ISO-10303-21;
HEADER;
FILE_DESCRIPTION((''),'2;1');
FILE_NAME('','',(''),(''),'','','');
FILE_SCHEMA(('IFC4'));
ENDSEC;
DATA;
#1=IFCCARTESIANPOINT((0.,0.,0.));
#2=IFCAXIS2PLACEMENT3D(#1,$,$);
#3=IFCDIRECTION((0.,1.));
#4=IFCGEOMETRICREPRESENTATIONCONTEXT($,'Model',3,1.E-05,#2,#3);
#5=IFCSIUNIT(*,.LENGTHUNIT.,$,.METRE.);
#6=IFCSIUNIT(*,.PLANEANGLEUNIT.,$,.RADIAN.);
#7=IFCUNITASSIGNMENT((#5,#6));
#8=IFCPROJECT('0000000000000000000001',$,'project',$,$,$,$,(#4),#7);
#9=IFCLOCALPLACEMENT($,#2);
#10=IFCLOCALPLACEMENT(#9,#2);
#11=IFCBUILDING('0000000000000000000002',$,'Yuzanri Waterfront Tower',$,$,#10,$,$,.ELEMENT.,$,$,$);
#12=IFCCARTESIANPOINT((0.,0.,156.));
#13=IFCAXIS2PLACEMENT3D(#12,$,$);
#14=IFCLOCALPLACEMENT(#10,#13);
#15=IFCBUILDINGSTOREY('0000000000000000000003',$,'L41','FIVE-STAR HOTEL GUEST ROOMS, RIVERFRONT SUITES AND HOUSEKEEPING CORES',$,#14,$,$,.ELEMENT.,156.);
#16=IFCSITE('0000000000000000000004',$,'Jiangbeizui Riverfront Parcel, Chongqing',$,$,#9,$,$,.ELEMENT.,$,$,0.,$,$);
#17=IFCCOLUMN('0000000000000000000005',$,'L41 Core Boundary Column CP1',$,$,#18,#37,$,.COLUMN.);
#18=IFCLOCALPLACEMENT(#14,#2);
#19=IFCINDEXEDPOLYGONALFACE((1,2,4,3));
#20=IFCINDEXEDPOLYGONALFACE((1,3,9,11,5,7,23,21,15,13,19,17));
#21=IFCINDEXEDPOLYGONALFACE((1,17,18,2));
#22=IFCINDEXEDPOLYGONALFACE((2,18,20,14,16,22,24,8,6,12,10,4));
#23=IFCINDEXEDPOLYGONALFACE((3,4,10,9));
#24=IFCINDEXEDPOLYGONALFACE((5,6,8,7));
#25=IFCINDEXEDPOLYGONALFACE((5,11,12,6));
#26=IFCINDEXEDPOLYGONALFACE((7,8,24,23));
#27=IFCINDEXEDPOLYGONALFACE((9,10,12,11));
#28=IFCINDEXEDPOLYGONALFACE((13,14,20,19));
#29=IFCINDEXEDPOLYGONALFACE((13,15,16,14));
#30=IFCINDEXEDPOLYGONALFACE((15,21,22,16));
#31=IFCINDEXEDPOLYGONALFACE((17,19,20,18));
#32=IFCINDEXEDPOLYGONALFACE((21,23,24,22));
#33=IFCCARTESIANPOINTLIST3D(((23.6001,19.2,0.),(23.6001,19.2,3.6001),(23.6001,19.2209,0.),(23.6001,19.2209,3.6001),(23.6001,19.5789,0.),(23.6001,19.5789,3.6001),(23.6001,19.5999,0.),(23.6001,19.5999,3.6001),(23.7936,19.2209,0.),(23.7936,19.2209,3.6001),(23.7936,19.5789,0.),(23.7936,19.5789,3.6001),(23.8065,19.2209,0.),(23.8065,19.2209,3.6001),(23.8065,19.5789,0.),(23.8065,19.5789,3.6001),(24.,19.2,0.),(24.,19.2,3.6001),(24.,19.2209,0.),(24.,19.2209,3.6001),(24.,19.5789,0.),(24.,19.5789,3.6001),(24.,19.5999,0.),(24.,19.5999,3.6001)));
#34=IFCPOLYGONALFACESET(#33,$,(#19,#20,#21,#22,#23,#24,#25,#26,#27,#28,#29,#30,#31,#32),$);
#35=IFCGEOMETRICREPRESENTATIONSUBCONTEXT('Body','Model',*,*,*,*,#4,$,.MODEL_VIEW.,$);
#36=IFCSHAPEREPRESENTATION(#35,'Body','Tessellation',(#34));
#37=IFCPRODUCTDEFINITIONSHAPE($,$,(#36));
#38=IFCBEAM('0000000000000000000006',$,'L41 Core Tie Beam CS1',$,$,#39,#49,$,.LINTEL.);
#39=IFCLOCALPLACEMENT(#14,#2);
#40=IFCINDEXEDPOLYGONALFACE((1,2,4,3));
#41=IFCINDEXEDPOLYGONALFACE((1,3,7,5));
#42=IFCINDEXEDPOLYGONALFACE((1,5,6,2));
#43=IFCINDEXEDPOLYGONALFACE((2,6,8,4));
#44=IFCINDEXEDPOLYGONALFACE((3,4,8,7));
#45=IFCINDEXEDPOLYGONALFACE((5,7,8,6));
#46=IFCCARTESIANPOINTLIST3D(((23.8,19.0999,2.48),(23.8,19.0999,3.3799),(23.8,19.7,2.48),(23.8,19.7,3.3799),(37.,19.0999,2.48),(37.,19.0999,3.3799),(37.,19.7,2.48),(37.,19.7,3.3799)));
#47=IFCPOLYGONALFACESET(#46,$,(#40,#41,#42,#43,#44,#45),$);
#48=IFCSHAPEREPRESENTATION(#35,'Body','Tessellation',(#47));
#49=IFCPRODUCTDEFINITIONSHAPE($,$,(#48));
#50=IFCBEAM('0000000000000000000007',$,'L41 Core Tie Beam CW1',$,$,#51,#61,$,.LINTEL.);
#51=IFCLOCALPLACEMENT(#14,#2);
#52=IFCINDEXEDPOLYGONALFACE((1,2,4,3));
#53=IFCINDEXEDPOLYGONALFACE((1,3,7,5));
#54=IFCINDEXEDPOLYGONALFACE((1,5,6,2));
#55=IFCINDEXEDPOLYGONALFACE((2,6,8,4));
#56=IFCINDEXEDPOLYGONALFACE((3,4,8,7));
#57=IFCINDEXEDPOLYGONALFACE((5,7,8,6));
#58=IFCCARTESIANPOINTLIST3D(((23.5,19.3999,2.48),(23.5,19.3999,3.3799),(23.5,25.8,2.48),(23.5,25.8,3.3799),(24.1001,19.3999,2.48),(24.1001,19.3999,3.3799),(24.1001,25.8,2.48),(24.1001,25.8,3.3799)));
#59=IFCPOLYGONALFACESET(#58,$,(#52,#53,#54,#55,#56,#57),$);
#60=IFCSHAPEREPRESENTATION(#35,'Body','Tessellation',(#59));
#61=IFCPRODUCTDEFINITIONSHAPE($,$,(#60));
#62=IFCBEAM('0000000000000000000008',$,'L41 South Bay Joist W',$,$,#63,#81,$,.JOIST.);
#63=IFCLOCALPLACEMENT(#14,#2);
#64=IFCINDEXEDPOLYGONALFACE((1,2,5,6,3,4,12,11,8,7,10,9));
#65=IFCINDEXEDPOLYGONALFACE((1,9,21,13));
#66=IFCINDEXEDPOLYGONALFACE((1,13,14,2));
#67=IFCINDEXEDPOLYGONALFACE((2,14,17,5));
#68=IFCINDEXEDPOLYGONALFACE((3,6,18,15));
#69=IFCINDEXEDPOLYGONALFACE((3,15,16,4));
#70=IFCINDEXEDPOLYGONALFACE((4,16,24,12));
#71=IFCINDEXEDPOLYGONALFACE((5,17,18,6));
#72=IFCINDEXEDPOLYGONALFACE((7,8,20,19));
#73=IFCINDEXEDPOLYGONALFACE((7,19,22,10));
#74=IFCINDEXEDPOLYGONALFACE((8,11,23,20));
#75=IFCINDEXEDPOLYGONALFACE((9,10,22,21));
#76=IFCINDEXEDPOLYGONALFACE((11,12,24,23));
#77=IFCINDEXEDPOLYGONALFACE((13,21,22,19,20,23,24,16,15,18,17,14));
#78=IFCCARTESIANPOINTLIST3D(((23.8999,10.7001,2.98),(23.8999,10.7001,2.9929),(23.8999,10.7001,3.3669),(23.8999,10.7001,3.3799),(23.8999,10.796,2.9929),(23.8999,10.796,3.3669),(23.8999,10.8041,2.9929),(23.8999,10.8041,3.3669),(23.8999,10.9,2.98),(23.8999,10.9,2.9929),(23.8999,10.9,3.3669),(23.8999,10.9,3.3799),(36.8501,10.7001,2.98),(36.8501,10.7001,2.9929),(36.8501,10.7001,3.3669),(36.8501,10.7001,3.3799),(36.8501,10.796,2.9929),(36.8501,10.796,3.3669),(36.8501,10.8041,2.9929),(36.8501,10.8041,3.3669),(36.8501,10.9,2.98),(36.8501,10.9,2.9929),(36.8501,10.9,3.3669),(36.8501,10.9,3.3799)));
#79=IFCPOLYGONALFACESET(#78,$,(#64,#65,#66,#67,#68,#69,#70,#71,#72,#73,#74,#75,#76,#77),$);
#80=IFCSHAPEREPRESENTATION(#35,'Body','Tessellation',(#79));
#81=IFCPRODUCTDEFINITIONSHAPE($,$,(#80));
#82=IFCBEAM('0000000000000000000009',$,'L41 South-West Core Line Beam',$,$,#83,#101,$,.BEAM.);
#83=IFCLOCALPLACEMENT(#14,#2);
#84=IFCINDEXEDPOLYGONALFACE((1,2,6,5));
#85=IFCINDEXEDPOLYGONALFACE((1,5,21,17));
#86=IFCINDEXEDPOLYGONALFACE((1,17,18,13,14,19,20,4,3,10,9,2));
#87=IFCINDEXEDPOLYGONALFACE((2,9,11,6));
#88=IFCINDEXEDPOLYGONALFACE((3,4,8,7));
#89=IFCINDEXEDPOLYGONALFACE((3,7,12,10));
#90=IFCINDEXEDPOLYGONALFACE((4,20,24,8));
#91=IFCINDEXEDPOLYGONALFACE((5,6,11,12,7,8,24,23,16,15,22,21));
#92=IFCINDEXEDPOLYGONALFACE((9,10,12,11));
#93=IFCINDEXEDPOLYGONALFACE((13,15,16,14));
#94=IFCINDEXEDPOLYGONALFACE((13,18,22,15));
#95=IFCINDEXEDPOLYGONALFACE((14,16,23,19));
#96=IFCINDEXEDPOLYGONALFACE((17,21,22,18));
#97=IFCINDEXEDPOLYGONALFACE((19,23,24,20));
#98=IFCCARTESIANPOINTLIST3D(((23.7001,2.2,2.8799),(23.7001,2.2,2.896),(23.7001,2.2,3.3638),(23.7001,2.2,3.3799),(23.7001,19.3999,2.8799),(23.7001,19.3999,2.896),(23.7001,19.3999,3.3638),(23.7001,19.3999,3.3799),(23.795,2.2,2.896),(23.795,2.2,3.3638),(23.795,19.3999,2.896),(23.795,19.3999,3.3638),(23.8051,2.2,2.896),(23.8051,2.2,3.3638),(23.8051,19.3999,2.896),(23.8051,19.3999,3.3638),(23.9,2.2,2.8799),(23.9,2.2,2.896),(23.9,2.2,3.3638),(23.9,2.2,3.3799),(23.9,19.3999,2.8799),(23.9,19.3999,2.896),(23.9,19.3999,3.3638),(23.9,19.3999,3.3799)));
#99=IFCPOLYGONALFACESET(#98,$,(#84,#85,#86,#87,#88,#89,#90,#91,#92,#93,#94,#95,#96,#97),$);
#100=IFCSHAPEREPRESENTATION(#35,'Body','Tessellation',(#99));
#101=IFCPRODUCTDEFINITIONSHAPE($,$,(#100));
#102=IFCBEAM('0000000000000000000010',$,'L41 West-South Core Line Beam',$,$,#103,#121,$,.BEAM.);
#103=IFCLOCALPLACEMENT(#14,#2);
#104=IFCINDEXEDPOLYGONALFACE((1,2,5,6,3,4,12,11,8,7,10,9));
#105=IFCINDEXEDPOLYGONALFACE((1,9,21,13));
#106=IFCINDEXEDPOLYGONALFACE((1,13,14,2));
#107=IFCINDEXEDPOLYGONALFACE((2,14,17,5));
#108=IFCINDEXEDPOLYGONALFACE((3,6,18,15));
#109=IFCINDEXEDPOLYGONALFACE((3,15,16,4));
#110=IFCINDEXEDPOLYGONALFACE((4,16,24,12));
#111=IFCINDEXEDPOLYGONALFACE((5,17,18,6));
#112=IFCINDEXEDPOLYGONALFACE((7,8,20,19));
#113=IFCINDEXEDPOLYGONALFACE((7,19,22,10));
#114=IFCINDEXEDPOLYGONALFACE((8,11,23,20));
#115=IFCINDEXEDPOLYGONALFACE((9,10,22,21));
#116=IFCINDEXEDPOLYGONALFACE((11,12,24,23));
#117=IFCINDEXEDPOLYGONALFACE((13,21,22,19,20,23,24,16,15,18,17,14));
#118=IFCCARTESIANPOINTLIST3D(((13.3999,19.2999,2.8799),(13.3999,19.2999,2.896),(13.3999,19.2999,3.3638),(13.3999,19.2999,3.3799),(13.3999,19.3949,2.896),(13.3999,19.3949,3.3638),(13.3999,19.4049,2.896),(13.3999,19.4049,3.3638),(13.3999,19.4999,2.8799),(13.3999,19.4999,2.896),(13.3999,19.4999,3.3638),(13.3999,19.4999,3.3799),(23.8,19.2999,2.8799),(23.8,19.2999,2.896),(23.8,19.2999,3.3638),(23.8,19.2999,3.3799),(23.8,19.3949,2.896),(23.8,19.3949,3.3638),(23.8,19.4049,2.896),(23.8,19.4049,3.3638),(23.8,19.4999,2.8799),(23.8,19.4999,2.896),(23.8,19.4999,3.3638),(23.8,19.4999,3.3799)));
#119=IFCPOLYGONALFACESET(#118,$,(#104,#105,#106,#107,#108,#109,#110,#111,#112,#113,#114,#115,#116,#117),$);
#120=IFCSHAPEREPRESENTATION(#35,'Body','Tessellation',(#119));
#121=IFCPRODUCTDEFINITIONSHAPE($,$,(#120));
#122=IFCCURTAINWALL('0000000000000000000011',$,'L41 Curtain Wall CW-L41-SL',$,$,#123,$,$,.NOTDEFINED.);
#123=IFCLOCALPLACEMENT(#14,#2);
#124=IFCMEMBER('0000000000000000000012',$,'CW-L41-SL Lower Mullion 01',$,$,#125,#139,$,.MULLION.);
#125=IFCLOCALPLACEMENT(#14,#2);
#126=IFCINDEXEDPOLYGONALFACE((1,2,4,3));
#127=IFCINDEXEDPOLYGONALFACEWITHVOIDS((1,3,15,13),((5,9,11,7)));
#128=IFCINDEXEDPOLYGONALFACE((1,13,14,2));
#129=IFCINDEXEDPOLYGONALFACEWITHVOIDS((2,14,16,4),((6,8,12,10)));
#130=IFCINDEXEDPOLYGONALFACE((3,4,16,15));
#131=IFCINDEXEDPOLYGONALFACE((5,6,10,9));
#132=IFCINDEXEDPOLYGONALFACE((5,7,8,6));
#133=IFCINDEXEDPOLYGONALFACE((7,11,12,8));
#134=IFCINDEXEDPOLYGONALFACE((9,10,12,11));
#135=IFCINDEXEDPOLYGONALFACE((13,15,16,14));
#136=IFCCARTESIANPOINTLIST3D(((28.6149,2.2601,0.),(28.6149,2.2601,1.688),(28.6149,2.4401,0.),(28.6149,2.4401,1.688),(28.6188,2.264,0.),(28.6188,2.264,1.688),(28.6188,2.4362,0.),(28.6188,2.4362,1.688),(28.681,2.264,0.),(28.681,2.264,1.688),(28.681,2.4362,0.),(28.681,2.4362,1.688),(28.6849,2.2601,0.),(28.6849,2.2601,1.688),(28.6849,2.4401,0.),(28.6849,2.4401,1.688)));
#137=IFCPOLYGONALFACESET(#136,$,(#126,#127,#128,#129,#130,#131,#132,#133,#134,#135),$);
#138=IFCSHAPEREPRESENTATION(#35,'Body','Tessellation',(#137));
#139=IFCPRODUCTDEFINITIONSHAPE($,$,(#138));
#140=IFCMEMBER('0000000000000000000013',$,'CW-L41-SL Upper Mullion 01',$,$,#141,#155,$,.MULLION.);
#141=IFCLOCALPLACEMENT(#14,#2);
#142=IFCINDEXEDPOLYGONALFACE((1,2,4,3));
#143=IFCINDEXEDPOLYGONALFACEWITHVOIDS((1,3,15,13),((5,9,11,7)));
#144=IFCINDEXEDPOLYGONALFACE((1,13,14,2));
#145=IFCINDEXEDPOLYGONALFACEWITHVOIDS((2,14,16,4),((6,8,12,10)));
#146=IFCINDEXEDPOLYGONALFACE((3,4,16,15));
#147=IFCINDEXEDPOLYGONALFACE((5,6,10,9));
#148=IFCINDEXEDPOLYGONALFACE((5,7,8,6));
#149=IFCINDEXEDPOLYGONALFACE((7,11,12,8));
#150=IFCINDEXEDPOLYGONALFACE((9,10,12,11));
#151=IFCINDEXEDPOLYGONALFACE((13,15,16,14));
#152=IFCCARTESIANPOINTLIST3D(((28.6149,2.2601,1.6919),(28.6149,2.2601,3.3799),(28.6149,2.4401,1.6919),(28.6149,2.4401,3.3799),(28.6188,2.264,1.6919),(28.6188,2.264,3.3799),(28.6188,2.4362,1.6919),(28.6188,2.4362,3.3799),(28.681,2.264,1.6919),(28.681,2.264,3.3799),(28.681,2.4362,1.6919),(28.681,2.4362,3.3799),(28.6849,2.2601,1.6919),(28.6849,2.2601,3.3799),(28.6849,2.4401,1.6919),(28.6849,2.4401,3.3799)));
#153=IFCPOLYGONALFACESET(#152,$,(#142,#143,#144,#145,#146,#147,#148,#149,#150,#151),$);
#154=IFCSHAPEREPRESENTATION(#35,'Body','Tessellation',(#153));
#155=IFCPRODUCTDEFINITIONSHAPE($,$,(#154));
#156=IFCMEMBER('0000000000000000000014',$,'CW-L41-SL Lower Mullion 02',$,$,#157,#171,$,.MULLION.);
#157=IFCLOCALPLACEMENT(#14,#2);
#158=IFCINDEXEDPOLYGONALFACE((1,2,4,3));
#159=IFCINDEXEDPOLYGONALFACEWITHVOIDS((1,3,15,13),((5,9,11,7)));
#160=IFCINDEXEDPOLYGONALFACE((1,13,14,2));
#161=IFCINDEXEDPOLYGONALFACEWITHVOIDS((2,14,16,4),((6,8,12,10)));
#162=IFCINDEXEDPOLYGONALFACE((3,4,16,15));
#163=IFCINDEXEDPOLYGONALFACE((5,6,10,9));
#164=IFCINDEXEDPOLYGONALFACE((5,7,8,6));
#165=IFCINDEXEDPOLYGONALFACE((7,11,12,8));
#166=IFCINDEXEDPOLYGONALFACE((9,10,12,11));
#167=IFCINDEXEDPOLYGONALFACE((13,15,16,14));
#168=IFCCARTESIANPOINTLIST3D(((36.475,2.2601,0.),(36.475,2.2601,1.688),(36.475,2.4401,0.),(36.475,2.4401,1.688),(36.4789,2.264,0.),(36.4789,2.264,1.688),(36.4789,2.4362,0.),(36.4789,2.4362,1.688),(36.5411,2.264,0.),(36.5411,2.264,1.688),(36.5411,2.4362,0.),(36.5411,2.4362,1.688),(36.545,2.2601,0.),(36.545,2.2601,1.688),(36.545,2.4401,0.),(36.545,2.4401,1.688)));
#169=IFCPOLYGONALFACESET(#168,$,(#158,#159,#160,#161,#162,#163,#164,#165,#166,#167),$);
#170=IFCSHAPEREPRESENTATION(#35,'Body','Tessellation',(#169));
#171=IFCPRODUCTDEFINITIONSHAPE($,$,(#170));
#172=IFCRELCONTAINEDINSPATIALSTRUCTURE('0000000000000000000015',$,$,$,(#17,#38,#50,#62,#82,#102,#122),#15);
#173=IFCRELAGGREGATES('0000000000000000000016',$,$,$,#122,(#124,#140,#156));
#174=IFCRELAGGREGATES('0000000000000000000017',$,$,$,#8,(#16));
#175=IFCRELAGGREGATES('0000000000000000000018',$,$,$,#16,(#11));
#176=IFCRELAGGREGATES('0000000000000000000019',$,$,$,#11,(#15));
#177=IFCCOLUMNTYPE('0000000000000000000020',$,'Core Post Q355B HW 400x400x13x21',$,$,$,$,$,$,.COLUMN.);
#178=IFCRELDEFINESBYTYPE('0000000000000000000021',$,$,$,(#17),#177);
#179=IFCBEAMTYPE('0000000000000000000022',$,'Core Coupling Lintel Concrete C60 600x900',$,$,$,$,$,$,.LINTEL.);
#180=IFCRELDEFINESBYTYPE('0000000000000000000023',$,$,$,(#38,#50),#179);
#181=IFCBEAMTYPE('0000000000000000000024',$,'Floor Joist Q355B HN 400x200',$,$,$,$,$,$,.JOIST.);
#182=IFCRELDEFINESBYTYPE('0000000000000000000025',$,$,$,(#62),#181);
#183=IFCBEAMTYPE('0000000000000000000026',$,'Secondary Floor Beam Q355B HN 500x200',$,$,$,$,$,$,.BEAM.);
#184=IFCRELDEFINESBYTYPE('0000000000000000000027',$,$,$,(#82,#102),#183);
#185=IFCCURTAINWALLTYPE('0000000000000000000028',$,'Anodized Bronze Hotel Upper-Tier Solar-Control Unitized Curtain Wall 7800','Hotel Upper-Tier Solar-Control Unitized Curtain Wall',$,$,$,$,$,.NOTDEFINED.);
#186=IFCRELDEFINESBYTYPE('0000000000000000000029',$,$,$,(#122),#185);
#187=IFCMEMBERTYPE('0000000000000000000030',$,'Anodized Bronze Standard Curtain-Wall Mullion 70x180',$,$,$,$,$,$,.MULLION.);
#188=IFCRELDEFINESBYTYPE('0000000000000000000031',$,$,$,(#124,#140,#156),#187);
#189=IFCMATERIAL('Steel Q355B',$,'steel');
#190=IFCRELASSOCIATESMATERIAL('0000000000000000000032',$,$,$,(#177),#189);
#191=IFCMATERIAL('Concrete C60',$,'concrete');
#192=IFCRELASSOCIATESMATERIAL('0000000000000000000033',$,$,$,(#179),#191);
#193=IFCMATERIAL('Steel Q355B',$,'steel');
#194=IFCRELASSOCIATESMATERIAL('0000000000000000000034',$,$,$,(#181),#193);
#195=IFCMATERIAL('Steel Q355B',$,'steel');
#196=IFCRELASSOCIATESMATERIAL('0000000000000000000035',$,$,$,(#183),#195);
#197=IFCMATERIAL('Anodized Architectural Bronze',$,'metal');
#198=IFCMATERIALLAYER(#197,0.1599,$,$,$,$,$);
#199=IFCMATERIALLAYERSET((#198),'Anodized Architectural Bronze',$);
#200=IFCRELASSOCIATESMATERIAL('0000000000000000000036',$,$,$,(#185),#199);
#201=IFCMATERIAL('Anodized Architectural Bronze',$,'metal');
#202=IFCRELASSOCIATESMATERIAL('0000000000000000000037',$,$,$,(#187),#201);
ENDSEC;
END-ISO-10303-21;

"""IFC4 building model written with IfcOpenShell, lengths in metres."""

from ifc_helpers import new_model, si_unit, direction, frame, origin, origin_2d, place, context, subcontext, project, spatial, rectangle, hollow_rectangle, i_section, extrude, source, transform, mapped, material, layer, layer_set, material_profile, profile_set, type_object, element, aggregate, save


model = new_model("IFC4")

# Units and contexts
model_context = context("Model", 3, precision=1e-05, world=origin(), true_north=direction((0.0, 1.0)))
body_context = subcontext(model_context, "Body", "Model", "MODEL_VIEW")
ifc_project = project(units=[si_unit("LENGTHUNIT", "METRE"), si_unit("PLANEANGLEUNIT", "RADIAN")], contexts=[model_context])

# Site, building, storey
site_placement = place(None, origin())
site = spatial("IfcSite", under=ifc_project, at=site_placement, Name="Jiangbeizui Riverfront Parcel, Chongqing", CompositionType="ELEMENT", RefElevation=0.0)
building_placement = place(site_placement, origin())
building = spatial("IfcBuilding", under=site, at=building_placement, Name="Yuzanri Waterfront Tower", CompositionType="ELEMENT")
storey_placement = place(building_placement, frame((0.0, 0.0, 156.0)))
storey = spatial("IfcBuildingStorey", under=building, at=storey_placement, Name="L41", Description="FIVE-STAR HOTEL GUEST ROOMS, RIVERFRONT SUITES AND HOUSEKEEPING CORES", CompositionType="ELEMENT", Elevation=156.0)

# Column
ifc_material_1 = material(Name="Steel Q355B", Category="steel")
ifc_material_profile_1 = material_profile(ifc_material_1, i_section(OverallWidth=0.3999, OverallDepth=0.3999, WebThickness=0.0129, FlangeThickness=0.021, at=origin_2d()), Name="HW 400x400x13x21")
ifc_profile_set_1 = profile_set([ifc_material_profile_1], Name="Steel Q355B")
column_type = type_object("IfcColumnType", Name="Core Post Q355B HW 400x400x13x21", PredefinedType="COLUMN", material=ifc_profile_set_1)
shared_shape_1 = source(origin(), body_context, "Body", "SweptSolid", [
    extrude(i_section(OverallWidth=0.3999, OverallDepth=0.3999, WebThickness=0.0129, FlangeThickness=0.021, at=origin_2d()), origin(), (0.0, 0.0, 1.0), 3.6001),
])
column_placement = place(storey_placement, frame((23.8, 19.3999, 0.0), z_axis=(0.0, 0.0, 1.0), x_axis=(1.0, 0.0, 0.0)))
element("IfcColumn", 1, at=column_placement, inside=storey, type_object=column_type, Name="L41 Core Boundary Column CP1", PredefinedType="COLUMN", context=body_context, shape_type="MappedRepresentation", body=[
    mapped(shared_shape_1, transform((0.0, 0.0, 0.0), scale=1.0)),
])

# Beams
ifc_material_2 = material(Name="Concrete C60", Category="concrete")
ifc_material_profile_2 = material_profile(ifc_material_2, rectangle(XDim=0.6001, YDim=0.8999, at=origin_2d()), Name="RC 600x900")
ifc_profile_set_2 = profile_set([ifc_material_profile_2], Name="Concrete C60")
beam_type_1 = type_object("IfcBeamType", Name="Core Coupling Lintel Concrete C60 600x900", PredefinedType="LINTEL", material=ifc_profile_set_2)
shared_shape_2 = source(origin(), body_context, "Body", "SweptSolid", [
    extrude(rectangle(XDim=0.6001, YDim=0.8999, at=origin_2d()), origin(), (0.0, 0.0, 1.0), 13.2),
])
beam_1_placement = place(storey_placement, frame((23.8, 19.3999, 2.9299), z_axis=(1.0, 0.0, 0.0), x_axis=(0.0, 1.0, 0.0)))
element("IfcBeam", 2, at=beam_1_placement, inside=storey, type_object=beam_type_1, Name="L41 Core Tie Beam CS1", PredefinedType="LINTEL", context=body_context, shape_type="MappedRepresentation", body=[
    mapped(shared_shape_2, transform((0.0, 0.0, 0.0), scale=1.0)),
])
shared_shape_3 = source(origin(), body_context, "Body", "SweptSolid", [
    extrude(rectangle(XDim=0.6001, YDim=0.8999, at=origin_2d()), origin(), (0.0, 0.0, 1.0), 6.4001),
])
beam_2_placement = place(storey_placement, frame((23.8, 19.3999, 2.9299), z_axis=(0.0, 1.0, 0.0), x_axis=(-1.0, 0.0, 0.0)))
element("IfcBeam", 3, at=beam_2_placement, inside=storey, type_object=beam_type_1, Name="L41 Core Tie Beam CW1", PredefinedType="LINTEL", context=body_context, shape_type="MappedRepresentation", body=[
    mapped(shared_shape_3, transform((0.0, 0.0, 0.0), scale=1.0)),
])
ifc_material_3 = material(Name="Steel Q355B", Category="steel")
ifc_material_profile_3 = material_profile(ifc_material_3, i_section(OverallWidth=0.2, OverallDepth=0.3999, WebThickness=0.0081, FlangeThickness=0.0129, at=origin_2d()), Name="HN 400x200x8x13")
ifc_profile_set_3 = profile_set([ifc_material_profile_3], Name="Steel Q355B")
beam_type_2 = type_object("IfcBeamType", Name="Floor Joist Q355B HN 400x200", PredefinedType="JOIST", material=ifc_profile_set_3)
shared_shape_4 = source(origin(), body_context, "Body", "SweptSolid", [
    extrude(i_section(OverallWidth=0.2, OverallDepth=0.3999, WebThickness=0.0081, FlangeThickness=0.0129, at=origin_2d()), origin(), (0.0, 0.0, 1.0), 12.9502),
])
beam_3_placement = place(storey_placement, frame((23.8999, 10.8, 3.1799), z_axis=(1.0, 0.0, 0.0), x_axis=(0.0, 1.0, 0.0)))
element("IfcBeam", 4, at=beam_3_placement, inside=storey, type_object=beam_type_2, Name="L41 South Bay Joist W", PredefinedType="JOIST", context=body_context, shape_type="MappedRepresentation", body=[
    mapped(shared_shape_4, transform((0.0, 0.0, 0.0), scale=1.0)),
])
ifc_material_4 = material(Name="Steel Q355B", Category="steel")
ifc_material_profile_4 = material_profile(ifc_material_4, i_section(OverallWidth=0.2, OverallDepth=0.5, WebThickness=0.01, FlangeThickness=0.0161, at=origin_2d()), Name="HN 500x200x10x16")
ifc_profile_set_4 = profile_set([ifc_material_profile_4], Name="Steel Q355B")
beam_type_3 = type_object("IfcBeamType", Name="Secondary Floor Beam Q355B HN 500x200", PredefinedType="BEAM", material=ifc_profile_set_4)
shared_shape_5 = source(origin(), body_context, "Body", "SweptSolid", [
    extrude(i_section(OverallWidth=0.2, OverallDepth=0.5, WebThickness=0.01, FlangeThickness=0.0161, at=origin_2d()), origin(), (0.0, 0.0, 1.0), 17.2),
])
beam_4_placement = place(storey_placement, frame((23.8, 19.3999, 3.1299), z_axis=(0.0, -1.0, 0.0), x_axis=(1.0, 0.0, 0.0)))
element("IfcBeam", 5, at=beam_4_placement, inside=storey, type_object=beam_type_3, Name="L41 South-West Core Line Beam", PredefinedType="BEAM", context=body_context, shape_type="MappedRepresentation", body=[
    mapped(shared_shape_5, transform((0.0, 0.0, 0.0), scale=1.0)),
])
shared_shape_6 = source(origin(), body_context, "Body", "SweptSolid", [
    extrude(i_section(OverallWidth=0.2, OverallDepth=0.5, WebThickness=0.01, FlangeThickness=0.0161, at=origin_2d()), origin(), (0.0, 0.0, 1.0), 10.4001),
])
beam_5_placement = place(storey_placement, frame((23.8, 19.3999, 3.1299), z_axis=(-1.0, 0.0, 0.0), x_axis=(0.0, -1.0, 0.0)))
element("IfcBeam", 6, at=beam_5_placement, inside=storey, type_object=beam_type_3, Name="L41 West-South Core Line Beam", PredefinedType="BEAM", context=body_context, shape_type="MappedRepresentation", body=[
    mapped(shared_shape_6, transform((0.0, 0.0, 0.0), scale=1.0)),
])

# Curtain wall, members
ifc_material_5 = material(Name="Anodized Architectural Bronze", Category="metal")
ifc_layer_1 = layer(ifc_material_5, 0.1599)
ifc_layer_set_1 = layer_set([ifc_layer_1], Name="Anodized Architectural Bronze")
curtain_wall_type = type_object("IfcCurtainWallType", Name="Anodized Bronze Hotel Upper-Tier Solar-Control Unitized Curtain Wall 7800", Description="Hotel Upper-Tier Solar-Control Unitized Curtain Wall", PredefinedType="NOTDEFINED", material=ifc_layer_set_1)
curtain_wall_placement = place(storey_placement, origin())
curtain_wall = element("IfcCurtainWall", 7, at=curtain_wall_placement, inside=storey, type_object=curtain_wall_type, Name="L41 Curtain Wall CW-L41-SL", PredefinedType="NOTDEFINED")
ifc_material_6 = material(Name="Anodized Architectural Bronze", Category="metal")
ifc_material_profile_5 = material_profile(ifc_material_6, hollow_rectangle(XDim=0.0701, YDim=0.1799, WallThickness=0.0039, at=origin_2d()), Name="CWM 70x180")
ifc_profile_set_5 = profile_set([ifc_material_profile_5], Name="Anodized Architectural Bronze")
member_type = type_object("IfcMemberType", Name="Anodized Bronze Standard Curtain-Wall Mullion 70x180", PredefinedType="MULLION", material=ifc_profile_set_5)
shared_shape_7 = source(origin(), body_context, "Body", "SweptSolid", [
    extrude(hollow_rectangle(XDim=0.0701, YDim=0.1799, WallThickness=0.0039, at=origin_2d()), origin(), (0.0, 0.0, 1.0), 1.688),
])
member_1_placement = place(storey_placement, frame((28.6499, 2.3501, 0.0), z_axis=(0.0, 0.0, 1.0), x_axis=(1.0, 0.0, 0.0)))
member_1 = element("IfcMember", 8, at=member_1_placement, type_object=member_type, Name="CW-L41-SL Lower Mullion 01", PredefinedType="MULLION", context=body_context, shape_type="MappedRepresentation", body=[
    mapped(shared_shape_7, transform((0.0, 0.0, 0.0), scale=1.0)),
])
member_2_placement = place(storey_placement, frame((28.6499, 2.3501, 1.6919), z_axis=(0.0, 0.0, 1.0), x_axis=(1.0, 0.0, 0.0)))
member_2 = element("IfcMember", 9, at=member_2_placement, type_object=member_type, Name="CW-L41-SL Upper Mullion 01", PredefinedType="MULLION", context=body_context, shape_type="MappedRepresentation", body=[
    mapped(shared_shape_7, transform((0.0, 0.0, 0.0), scale=1.0)),
])
member_3_placement = place(storey_placement, frame((36.51, 2.3501, 0.0), z_axis=(0.0, 0.0, 1.0), x_axis=(1.0, 0.0, 0.0)))
member_3 = element("IfcMember", 10, at=member_3_placement, type_object=member_type, Name="CW-L41-SL Lower Mullion 02", PredefinedType="MULLION", context=body_context, shape_type="MappedRepresentation", body=[
    mapped(shared_shape_7, transform((0.0, 0.0, 0.0), scale=1.0)),
])
aggregate(curtain_wall, [member_1, member_2, member_3])

save(model, "model.ifc")
